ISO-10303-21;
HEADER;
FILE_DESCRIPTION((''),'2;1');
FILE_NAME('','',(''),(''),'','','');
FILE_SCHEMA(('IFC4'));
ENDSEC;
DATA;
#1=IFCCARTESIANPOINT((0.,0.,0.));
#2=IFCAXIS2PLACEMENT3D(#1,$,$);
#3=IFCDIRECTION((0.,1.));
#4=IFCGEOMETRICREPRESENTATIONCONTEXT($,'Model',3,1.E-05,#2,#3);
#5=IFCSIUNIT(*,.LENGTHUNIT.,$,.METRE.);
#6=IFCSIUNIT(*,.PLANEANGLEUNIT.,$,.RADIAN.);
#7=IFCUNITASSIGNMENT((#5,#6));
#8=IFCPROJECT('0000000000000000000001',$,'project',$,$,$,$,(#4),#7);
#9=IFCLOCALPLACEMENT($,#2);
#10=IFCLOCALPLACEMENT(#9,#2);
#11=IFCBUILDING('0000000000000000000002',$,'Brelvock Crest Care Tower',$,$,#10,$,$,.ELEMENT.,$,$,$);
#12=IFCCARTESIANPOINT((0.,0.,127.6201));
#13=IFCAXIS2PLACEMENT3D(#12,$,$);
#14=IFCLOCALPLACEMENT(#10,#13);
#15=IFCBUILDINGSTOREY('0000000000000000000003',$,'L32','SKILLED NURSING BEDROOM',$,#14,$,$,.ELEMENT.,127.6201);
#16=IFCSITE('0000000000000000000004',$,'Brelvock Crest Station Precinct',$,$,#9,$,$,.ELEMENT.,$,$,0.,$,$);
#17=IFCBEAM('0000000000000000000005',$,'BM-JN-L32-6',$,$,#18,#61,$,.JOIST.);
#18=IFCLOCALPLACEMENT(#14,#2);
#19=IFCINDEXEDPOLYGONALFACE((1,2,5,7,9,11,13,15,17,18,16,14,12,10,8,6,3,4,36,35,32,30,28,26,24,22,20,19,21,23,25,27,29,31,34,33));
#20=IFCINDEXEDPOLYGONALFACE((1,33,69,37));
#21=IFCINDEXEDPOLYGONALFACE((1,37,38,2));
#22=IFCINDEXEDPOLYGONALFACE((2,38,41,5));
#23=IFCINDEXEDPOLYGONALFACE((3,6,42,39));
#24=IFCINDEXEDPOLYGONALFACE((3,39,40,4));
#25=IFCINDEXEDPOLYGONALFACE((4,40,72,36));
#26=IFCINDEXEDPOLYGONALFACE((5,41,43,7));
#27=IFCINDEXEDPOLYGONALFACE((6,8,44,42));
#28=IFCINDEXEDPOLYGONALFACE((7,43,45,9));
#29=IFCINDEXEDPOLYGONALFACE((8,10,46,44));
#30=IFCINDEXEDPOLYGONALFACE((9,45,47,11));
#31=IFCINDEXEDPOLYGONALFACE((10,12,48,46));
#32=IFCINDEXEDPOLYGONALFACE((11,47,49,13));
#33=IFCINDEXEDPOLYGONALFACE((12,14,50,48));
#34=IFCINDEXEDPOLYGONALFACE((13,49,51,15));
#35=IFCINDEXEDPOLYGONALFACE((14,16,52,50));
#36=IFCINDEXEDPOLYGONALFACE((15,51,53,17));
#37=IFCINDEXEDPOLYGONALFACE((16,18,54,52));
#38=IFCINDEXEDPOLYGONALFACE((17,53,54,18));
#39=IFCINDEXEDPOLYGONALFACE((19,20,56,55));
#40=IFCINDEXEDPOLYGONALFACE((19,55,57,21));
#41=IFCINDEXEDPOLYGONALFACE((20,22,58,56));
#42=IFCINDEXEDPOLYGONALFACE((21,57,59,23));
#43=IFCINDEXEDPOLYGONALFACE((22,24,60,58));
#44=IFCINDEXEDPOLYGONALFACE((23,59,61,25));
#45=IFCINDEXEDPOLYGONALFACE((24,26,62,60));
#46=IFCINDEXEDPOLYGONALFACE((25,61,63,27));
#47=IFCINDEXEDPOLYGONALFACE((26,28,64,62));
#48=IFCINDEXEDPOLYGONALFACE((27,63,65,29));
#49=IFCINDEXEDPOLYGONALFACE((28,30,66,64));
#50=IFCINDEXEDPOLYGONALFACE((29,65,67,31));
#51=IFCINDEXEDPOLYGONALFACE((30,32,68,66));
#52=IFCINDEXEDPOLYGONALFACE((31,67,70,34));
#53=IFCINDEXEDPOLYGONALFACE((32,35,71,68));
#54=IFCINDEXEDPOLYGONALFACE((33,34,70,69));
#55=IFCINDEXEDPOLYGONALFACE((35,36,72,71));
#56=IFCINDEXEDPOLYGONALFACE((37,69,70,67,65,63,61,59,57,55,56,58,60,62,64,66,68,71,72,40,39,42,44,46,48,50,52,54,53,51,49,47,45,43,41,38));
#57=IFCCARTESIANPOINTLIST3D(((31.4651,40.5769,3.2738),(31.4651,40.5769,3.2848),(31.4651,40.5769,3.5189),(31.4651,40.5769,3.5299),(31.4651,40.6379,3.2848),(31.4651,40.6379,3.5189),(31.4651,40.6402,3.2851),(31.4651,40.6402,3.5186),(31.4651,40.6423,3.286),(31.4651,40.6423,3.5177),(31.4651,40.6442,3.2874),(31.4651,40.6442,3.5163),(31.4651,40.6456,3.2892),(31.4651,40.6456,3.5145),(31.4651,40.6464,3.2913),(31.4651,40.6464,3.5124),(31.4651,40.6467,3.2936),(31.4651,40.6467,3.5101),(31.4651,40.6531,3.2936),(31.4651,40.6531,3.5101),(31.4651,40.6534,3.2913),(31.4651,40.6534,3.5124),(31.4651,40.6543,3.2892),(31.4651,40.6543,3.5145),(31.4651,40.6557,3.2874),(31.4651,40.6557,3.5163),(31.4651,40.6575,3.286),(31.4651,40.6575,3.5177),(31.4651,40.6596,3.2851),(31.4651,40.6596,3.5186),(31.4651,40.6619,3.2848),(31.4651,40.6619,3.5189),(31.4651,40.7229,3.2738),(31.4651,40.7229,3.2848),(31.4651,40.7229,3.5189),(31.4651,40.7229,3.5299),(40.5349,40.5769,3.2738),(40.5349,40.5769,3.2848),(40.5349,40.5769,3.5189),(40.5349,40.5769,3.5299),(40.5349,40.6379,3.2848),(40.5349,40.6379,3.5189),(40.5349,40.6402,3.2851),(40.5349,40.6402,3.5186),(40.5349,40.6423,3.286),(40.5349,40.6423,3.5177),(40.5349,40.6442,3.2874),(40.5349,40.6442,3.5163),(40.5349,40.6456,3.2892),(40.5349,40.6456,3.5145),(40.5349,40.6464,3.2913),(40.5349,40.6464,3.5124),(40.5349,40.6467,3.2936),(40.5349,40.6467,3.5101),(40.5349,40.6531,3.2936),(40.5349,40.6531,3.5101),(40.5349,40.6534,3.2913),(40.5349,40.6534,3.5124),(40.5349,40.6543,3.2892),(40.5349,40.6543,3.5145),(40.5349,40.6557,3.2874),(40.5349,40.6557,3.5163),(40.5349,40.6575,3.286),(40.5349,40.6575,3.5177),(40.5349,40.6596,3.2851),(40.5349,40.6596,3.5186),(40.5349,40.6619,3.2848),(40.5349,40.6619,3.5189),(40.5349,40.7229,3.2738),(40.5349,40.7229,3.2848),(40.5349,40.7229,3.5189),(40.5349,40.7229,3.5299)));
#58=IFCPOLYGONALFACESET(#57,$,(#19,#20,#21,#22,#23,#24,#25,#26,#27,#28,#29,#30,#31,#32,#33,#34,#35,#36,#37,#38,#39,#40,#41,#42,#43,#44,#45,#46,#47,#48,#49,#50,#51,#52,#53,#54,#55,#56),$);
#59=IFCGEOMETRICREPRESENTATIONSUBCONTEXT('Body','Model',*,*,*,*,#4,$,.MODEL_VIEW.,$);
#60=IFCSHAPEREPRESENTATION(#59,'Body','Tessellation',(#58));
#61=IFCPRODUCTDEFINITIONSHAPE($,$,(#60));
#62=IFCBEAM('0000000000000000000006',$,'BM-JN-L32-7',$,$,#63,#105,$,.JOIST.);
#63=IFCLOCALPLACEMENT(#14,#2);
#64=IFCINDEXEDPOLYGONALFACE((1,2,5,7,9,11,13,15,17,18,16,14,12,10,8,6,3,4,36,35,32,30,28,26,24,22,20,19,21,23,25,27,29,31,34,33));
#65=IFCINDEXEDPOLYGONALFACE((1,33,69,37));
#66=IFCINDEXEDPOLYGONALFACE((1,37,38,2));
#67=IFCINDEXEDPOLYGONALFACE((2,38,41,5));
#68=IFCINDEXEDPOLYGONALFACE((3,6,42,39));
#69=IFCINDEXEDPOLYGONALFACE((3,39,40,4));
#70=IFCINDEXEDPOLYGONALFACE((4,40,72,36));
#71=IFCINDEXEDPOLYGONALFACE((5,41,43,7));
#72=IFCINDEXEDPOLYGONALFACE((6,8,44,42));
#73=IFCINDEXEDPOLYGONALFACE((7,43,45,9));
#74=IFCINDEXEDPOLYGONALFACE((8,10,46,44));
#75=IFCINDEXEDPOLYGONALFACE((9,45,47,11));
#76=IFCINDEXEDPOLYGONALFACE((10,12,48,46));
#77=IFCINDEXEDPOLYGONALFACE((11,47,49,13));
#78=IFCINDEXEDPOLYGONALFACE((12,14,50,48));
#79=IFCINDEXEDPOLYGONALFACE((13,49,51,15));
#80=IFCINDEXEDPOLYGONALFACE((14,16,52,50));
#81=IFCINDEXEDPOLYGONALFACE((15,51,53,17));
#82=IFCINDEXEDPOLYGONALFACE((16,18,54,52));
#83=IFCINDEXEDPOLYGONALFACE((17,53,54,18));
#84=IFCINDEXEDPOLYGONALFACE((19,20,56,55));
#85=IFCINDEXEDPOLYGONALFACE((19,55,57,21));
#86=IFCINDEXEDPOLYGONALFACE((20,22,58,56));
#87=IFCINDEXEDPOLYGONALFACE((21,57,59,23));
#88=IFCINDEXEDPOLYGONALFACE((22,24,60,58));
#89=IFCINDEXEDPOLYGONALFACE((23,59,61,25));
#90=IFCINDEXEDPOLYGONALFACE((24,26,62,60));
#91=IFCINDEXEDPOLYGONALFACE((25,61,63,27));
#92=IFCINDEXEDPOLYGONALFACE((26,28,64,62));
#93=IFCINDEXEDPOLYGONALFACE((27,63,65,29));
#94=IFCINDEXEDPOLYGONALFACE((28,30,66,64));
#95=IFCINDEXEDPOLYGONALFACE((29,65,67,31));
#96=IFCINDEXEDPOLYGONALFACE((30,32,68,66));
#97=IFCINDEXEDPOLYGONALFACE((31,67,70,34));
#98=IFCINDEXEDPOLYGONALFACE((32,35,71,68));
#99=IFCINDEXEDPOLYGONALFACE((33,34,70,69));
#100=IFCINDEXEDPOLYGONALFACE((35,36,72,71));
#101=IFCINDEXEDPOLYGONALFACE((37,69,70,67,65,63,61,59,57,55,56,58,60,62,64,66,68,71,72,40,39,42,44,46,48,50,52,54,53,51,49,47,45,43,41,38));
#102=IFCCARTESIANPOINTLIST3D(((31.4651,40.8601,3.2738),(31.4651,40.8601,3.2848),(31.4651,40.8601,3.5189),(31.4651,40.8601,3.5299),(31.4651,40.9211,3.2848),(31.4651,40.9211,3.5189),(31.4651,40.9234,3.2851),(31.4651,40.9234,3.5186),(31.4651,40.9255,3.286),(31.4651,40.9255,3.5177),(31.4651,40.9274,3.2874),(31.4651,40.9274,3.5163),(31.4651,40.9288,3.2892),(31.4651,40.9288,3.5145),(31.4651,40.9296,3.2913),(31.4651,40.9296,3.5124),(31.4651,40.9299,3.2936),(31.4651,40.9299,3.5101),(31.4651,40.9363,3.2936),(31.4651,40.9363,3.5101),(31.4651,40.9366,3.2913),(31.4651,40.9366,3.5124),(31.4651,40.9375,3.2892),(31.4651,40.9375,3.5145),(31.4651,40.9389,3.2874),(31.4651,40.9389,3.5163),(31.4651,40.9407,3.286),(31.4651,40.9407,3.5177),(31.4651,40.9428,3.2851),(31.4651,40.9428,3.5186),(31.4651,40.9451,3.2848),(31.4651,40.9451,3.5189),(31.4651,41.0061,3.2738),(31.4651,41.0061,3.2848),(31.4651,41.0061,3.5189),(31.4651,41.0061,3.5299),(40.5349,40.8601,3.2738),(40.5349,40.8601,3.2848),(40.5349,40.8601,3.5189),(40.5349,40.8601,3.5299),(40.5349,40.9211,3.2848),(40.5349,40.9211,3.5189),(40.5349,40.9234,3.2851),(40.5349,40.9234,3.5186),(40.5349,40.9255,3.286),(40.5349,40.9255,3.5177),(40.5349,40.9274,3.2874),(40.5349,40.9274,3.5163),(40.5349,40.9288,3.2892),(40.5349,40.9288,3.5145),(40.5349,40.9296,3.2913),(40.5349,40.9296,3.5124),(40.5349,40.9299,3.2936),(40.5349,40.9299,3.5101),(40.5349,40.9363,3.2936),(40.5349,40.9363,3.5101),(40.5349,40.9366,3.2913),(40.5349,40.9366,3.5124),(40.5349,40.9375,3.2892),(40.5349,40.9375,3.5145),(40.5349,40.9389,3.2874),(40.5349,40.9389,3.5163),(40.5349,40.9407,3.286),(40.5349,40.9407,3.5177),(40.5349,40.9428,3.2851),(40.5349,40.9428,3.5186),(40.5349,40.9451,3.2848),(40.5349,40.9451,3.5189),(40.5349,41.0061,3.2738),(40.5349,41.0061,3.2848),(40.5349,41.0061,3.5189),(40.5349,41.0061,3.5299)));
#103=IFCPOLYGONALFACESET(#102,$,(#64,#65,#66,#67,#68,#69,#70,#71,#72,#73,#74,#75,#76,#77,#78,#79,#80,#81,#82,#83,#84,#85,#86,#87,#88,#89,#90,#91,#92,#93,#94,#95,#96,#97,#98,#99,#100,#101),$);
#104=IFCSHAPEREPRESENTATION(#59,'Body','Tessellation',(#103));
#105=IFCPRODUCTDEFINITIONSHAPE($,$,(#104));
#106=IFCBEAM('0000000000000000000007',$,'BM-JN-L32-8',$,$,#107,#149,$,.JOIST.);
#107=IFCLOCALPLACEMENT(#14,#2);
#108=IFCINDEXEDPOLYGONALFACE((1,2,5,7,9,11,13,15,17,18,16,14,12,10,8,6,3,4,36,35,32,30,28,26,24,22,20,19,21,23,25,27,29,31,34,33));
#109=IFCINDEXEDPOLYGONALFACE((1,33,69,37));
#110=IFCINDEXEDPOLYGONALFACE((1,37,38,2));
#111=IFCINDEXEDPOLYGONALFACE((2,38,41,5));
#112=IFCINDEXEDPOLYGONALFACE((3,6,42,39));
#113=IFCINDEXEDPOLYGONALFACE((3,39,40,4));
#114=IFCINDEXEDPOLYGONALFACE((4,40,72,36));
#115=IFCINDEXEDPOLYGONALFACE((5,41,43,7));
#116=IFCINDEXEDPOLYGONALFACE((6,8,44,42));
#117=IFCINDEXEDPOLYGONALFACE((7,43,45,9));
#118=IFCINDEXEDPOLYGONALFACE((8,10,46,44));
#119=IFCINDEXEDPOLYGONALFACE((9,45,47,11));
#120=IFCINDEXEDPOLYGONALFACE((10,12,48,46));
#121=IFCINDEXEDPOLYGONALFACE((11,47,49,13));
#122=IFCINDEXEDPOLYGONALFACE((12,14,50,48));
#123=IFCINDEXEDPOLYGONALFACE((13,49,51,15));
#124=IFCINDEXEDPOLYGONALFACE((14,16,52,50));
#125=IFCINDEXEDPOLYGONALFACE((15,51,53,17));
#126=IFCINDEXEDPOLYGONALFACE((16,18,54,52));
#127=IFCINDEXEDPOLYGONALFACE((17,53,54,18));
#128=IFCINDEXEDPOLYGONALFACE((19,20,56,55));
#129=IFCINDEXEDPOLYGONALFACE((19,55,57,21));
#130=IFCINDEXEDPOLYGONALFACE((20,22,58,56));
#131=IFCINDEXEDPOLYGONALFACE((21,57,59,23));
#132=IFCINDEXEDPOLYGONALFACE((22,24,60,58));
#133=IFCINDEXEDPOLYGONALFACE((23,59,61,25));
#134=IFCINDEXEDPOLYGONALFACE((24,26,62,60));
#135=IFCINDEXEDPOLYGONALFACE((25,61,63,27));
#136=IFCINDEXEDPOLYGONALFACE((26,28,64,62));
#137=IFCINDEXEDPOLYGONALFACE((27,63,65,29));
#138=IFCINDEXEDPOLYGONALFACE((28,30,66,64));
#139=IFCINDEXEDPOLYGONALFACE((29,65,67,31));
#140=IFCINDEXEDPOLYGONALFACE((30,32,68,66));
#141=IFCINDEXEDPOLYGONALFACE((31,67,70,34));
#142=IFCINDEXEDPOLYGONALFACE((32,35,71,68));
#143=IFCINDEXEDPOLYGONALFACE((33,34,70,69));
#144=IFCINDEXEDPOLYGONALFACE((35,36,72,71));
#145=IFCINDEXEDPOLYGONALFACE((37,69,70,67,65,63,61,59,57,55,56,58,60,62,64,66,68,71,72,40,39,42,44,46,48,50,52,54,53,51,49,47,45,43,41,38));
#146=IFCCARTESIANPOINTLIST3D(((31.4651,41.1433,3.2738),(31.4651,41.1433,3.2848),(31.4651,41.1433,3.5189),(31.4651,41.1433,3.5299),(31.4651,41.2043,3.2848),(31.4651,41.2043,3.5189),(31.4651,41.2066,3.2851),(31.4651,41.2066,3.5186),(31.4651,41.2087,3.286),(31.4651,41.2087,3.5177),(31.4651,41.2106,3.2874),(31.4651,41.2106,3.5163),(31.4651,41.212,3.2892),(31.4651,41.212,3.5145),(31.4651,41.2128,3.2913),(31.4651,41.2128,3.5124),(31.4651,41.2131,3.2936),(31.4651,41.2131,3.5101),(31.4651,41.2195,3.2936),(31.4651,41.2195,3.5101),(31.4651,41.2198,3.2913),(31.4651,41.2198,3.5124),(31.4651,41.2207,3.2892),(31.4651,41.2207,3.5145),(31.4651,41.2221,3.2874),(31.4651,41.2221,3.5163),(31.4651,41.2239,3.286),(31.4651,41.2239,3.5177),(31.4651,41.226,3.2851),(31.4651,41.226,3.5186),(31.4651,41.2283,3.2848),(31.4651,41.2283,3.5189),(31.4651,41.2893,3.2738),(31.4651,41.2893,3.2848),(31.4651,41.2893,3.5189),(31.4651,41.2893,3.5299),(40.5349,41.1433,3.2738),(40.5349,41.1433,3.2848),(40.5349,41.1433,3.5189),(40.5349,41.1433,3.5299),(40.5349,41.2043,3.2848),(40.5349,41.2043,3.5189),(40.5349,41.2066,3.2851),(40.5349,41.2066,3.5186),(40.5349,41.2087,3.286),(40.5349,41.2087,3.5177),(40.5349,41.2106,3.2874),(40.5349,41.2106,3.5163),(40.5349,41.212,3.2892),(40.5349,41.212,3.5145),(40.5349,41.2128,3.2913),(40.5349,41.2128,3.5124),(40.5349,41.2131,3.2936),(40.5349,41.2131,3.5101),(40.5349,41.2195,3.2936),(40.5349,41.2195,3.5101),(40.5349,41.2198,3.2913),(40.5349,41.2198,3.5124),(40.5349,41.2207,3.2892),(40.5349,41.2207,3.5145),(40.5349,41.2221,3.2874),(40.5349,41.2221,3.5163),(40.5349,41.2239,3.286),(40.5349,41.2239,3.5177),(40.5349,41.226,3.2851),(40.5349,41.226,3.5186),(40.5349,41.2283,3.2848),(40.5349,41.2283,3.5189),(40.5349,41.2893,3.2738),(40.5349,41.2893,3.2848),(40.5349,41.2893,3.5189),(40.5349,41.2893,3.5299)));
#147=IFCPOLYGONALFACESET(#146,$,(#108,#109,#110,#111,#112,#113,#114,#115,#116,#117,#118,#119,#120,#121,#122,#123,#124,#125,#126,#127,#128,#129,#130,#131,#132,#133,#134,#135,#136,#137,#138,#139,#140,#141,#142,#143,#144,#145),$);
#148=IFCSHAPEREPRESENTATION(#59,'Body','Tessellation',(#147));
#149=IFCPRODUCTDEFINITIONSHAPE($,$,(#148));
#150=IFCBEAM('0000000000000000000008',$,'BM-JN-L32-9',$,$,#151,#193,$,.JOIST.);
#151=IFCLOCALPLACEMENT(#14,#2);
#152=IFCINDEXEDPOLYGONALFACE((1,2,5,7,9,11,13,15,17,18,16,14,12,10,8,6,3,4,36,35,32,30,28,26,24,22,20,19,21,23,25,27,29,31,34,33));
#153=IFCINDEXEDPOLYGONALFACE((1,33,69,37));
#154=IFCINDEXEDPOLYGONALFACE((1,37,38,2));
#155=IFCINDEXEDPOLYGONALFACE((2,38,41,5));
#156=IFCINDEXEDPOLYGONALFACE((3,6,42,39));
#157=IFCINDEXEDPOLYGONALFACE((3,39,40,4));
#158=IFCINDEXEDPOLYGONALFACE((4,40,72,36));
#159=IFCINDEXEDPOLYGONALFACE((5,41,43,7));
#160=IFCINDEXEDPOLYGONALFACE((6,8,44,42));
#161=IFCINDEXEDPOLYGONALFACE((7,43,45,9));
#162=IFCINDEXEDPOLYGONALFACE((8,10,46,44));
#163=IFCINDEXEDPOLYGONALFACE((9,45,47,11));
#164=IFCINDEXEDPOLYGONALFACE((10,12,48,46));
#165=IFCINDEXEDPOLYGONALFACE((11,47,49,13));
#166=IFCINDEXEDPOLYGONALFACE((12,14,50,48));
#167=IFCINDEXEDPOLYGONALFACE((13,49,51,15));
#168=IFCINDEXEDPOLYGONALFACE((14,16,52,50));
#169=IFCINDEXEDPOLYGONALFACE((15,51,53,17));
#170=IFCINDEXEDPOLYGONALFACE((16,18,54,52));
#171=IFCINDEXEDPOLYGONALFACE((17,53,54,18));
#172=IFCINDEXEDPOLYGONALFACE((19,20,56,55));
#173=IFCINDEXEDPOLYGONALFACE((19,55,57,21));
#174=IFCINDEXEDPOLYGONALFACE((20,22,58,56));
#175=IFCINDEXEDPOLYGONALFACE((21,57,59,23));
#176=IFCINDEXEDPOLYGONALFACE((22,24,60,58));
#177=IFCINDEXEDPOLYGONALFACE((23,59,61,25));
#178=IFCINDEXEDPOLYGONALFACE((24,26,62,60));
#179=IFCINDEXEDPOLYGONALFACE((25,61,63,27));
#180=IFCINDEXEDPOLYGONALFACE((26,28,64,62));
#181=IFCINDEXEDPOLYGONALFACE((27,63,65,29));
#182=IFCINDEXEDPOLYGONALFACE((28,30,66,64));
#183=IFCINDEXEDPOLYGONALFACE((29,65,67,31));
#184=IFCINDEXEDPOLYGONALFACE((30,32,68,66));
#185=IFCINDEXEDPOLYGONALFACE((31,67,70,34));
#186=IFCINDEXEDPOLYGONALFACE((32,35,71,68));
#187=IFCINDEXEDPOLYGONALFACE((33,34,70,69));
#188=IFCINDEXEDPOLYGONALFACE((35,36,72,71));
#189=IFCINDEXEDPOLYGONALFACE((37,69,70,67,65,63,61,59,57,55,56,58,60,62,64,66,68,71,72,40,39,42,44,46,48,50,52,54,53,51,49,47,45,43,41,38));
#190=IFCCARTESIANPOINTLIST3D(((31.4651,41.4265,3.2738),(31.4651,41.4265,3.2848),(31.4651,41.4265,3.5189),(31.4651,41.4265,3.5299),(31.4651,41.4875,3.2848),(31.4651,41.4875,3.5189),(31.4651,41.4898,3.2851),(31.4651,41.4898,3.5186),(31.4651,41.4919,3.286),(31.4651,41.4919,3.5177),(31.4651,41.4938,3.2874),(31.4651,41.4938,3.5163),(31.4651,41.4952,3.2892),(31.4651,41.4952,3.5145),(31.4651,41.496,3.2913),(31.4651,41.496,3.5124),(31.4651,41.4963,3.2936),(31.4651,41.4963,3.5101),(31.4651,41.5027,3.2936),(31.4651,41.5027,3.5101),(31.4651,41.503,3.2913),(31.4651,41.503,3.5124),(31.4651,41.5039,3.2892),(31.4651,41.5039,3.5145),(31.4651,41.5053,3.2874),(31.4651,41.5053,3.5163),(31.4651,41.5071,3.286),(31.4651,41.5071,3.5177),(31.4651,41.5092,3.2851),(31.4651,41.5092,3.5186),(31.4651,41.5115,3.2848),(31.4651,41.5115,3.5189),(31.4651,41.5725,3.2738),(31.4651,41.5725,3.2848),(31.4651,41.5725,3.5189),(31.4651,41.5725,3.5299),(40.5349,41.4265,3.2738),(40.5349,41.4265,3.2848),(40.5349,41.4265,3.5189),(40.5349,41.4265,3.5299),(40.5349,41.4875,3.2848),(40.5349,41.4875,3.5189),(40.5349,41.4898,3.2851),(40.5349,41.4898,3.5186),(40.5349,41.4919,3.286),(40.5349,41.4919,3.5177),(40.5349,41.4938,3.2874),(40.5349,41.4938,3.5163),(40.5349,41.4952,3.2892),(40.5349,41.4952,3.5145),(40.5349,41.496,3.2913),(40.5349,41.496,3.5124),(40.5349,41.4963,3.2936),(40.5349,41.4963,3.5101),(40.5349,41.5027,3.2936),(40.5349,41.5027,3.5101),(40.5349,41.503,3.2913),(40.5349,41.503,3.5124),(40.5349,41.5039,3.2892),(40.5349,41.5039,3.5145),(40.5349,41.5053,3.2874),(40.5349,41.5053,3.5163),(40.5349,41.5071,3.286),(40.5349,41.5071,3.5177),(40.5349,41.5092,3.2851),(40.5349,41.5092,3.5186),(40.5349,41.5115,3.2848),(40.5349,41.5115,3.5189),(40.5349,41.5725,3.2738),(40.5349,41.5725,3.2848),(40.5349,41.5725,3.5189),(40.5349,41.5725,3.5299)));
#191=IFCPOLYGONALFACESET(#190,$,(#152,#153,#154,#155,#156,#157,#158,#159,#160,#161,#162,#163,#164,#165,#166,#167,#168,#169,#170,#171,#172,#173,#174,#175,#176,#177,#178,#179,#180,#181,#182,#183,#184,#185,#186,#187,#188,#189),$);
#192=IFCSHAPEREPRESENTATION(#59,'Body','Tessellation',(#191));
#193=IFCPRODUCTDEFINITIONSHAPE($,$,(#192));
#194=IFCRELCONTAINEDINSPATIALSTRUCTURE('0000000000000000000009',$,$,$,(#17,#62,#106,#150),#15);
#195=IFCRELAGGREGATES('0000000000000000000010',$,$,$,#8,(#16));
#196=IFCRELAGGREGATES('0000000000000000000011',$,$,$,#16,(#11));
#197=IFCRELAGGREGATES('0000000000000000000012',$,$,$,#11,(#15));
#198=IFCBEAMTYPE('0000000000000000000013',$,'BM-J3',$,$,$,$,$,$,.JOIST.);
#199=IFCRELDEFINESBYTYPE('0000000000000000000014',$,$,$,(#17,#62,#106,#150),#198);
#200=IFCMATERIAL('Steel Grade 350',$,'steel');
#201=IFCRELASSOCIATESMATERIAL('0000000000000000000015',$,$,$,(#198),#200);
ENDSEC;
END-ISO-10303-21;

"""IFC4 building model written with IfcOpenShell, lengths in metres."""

from ifc_helpers import new_model, si_unit, direction, frame, origin, origin_2d, place, context, subcontext, project, spatial, i_section, extrude, source, transform, mapped, material, material_profile, profile_set, type_object, element, save


model = new_model("IFC4")

# Units and contexts
model_context = context("Model", 3, precision=1e-05, world=origin(), true_north=direction((0.0, 1.0)))
body_context = subcontext(model_context, "Body", "Model", "MODEL_VIEW")
ifc_project = project(units=[si_unit("LENGTHUNIT", "METRE"), si_unit("PLANEANGLEUNIT", "RADIAN")], contexts=[model_context])

# Site, building, storey
site_placement = place(None, origin())
site = spatial("IfcSite", under=ifc_project, at=site_placement, Name="Brelvock Crest Station Precinct", CompositionType="ELEMENT", RefElevation=0.0)
building_placement = place(site_placement, origin())
building = spatial("IfcBuilding", under=site, at=building_placement, Name="Brelvock Crest Care Tower", CompositionType="ELEMENT")
storey_placement = place(building_placement, frame((0.0, 0.0, 127.6201)))
storey = spatial("IfcBuildingStorey", under=building, at=storey_placement, Name="L32", Description="SKILLED NURSING BEDROOM", CompositionType="ELEMENT", Elevation=127.6201)

# Shared definitions
ifc_material_1 = material(Name="Steel Grade 350", Category="steel")

# Beams
ifc_material_profile_1 = material_profile(ifc_material_1, i_section(OverallWidth=0.146, OverallDepth=0.2561, WebThickness=0.0063, FlangeThickness=0.011, FilletRadius=0.0088, at=origin_2d()), Name="250UB37.3")
ifc_profile_set_1 = profile_set([ifc_material_profile_1], Name="Steel Grade 350")
beam_type_1 = type_object("IfcBeamType", Name="BM-J3", PredefinedType="JOIST", material=ifc_profile_set_1)
shared_shape_1 = source(origin(), body_context, "Body", "SweptSolid", [
    extrude(i_section(OverallWidth=0.146, OverallDepth=0.2561, WebThickness=0.0063, FlangeThickness=0.011, FilletRadius=0.0088, at=origin_2d()), origin(), (0.0, 0.0, 1.0), 9.0698),
])
for number, where, z_axis, x_axis, name in (
    (1, (31.4651, 40.6499, 3.4019), (1.0, 0.0, 0.0), (0.0, 1.0, 0.0), "BM-JN-L32-6"),
    (2, (31.4651, 40.9331, 3.4019), (1.0, 0.0, 0.0), (0.0, 1.0, 0.0), "BM-JN-L32-7"),
    (3, (31.4651, 41.2163, 3.4019), (1.0, 0.0, 0.0), (0.0, 1.0, 0.0), "BM-JN-L32-8"),
    (4, (31.4651, 41.4995, 3.4019), (1.0, 0.0, 0.0), (0.0, 1.0, 0.0), "BM-JN-L32-9"),
):
    element("IfcBeam", number, at=place(storey_placement, frame(where, z_axis=z_axis, x_axis=x_axis)), inside=storey, type_object=beam_type_1, Name=name, PredefinedType="JOIST", context=body_context, shape_type="MappedRepresentation", body=[
        mapped(shared_shape_1, transform((0.0, 0.0, 0.0), x_axis=(1.0, 0.0, 0.0), y_axis=(0.0, 1.0, 0.0), z_axis=(0.0, 0.0, 1.0), scale=1.0)),
    ])

save(model, "model.ifc")
